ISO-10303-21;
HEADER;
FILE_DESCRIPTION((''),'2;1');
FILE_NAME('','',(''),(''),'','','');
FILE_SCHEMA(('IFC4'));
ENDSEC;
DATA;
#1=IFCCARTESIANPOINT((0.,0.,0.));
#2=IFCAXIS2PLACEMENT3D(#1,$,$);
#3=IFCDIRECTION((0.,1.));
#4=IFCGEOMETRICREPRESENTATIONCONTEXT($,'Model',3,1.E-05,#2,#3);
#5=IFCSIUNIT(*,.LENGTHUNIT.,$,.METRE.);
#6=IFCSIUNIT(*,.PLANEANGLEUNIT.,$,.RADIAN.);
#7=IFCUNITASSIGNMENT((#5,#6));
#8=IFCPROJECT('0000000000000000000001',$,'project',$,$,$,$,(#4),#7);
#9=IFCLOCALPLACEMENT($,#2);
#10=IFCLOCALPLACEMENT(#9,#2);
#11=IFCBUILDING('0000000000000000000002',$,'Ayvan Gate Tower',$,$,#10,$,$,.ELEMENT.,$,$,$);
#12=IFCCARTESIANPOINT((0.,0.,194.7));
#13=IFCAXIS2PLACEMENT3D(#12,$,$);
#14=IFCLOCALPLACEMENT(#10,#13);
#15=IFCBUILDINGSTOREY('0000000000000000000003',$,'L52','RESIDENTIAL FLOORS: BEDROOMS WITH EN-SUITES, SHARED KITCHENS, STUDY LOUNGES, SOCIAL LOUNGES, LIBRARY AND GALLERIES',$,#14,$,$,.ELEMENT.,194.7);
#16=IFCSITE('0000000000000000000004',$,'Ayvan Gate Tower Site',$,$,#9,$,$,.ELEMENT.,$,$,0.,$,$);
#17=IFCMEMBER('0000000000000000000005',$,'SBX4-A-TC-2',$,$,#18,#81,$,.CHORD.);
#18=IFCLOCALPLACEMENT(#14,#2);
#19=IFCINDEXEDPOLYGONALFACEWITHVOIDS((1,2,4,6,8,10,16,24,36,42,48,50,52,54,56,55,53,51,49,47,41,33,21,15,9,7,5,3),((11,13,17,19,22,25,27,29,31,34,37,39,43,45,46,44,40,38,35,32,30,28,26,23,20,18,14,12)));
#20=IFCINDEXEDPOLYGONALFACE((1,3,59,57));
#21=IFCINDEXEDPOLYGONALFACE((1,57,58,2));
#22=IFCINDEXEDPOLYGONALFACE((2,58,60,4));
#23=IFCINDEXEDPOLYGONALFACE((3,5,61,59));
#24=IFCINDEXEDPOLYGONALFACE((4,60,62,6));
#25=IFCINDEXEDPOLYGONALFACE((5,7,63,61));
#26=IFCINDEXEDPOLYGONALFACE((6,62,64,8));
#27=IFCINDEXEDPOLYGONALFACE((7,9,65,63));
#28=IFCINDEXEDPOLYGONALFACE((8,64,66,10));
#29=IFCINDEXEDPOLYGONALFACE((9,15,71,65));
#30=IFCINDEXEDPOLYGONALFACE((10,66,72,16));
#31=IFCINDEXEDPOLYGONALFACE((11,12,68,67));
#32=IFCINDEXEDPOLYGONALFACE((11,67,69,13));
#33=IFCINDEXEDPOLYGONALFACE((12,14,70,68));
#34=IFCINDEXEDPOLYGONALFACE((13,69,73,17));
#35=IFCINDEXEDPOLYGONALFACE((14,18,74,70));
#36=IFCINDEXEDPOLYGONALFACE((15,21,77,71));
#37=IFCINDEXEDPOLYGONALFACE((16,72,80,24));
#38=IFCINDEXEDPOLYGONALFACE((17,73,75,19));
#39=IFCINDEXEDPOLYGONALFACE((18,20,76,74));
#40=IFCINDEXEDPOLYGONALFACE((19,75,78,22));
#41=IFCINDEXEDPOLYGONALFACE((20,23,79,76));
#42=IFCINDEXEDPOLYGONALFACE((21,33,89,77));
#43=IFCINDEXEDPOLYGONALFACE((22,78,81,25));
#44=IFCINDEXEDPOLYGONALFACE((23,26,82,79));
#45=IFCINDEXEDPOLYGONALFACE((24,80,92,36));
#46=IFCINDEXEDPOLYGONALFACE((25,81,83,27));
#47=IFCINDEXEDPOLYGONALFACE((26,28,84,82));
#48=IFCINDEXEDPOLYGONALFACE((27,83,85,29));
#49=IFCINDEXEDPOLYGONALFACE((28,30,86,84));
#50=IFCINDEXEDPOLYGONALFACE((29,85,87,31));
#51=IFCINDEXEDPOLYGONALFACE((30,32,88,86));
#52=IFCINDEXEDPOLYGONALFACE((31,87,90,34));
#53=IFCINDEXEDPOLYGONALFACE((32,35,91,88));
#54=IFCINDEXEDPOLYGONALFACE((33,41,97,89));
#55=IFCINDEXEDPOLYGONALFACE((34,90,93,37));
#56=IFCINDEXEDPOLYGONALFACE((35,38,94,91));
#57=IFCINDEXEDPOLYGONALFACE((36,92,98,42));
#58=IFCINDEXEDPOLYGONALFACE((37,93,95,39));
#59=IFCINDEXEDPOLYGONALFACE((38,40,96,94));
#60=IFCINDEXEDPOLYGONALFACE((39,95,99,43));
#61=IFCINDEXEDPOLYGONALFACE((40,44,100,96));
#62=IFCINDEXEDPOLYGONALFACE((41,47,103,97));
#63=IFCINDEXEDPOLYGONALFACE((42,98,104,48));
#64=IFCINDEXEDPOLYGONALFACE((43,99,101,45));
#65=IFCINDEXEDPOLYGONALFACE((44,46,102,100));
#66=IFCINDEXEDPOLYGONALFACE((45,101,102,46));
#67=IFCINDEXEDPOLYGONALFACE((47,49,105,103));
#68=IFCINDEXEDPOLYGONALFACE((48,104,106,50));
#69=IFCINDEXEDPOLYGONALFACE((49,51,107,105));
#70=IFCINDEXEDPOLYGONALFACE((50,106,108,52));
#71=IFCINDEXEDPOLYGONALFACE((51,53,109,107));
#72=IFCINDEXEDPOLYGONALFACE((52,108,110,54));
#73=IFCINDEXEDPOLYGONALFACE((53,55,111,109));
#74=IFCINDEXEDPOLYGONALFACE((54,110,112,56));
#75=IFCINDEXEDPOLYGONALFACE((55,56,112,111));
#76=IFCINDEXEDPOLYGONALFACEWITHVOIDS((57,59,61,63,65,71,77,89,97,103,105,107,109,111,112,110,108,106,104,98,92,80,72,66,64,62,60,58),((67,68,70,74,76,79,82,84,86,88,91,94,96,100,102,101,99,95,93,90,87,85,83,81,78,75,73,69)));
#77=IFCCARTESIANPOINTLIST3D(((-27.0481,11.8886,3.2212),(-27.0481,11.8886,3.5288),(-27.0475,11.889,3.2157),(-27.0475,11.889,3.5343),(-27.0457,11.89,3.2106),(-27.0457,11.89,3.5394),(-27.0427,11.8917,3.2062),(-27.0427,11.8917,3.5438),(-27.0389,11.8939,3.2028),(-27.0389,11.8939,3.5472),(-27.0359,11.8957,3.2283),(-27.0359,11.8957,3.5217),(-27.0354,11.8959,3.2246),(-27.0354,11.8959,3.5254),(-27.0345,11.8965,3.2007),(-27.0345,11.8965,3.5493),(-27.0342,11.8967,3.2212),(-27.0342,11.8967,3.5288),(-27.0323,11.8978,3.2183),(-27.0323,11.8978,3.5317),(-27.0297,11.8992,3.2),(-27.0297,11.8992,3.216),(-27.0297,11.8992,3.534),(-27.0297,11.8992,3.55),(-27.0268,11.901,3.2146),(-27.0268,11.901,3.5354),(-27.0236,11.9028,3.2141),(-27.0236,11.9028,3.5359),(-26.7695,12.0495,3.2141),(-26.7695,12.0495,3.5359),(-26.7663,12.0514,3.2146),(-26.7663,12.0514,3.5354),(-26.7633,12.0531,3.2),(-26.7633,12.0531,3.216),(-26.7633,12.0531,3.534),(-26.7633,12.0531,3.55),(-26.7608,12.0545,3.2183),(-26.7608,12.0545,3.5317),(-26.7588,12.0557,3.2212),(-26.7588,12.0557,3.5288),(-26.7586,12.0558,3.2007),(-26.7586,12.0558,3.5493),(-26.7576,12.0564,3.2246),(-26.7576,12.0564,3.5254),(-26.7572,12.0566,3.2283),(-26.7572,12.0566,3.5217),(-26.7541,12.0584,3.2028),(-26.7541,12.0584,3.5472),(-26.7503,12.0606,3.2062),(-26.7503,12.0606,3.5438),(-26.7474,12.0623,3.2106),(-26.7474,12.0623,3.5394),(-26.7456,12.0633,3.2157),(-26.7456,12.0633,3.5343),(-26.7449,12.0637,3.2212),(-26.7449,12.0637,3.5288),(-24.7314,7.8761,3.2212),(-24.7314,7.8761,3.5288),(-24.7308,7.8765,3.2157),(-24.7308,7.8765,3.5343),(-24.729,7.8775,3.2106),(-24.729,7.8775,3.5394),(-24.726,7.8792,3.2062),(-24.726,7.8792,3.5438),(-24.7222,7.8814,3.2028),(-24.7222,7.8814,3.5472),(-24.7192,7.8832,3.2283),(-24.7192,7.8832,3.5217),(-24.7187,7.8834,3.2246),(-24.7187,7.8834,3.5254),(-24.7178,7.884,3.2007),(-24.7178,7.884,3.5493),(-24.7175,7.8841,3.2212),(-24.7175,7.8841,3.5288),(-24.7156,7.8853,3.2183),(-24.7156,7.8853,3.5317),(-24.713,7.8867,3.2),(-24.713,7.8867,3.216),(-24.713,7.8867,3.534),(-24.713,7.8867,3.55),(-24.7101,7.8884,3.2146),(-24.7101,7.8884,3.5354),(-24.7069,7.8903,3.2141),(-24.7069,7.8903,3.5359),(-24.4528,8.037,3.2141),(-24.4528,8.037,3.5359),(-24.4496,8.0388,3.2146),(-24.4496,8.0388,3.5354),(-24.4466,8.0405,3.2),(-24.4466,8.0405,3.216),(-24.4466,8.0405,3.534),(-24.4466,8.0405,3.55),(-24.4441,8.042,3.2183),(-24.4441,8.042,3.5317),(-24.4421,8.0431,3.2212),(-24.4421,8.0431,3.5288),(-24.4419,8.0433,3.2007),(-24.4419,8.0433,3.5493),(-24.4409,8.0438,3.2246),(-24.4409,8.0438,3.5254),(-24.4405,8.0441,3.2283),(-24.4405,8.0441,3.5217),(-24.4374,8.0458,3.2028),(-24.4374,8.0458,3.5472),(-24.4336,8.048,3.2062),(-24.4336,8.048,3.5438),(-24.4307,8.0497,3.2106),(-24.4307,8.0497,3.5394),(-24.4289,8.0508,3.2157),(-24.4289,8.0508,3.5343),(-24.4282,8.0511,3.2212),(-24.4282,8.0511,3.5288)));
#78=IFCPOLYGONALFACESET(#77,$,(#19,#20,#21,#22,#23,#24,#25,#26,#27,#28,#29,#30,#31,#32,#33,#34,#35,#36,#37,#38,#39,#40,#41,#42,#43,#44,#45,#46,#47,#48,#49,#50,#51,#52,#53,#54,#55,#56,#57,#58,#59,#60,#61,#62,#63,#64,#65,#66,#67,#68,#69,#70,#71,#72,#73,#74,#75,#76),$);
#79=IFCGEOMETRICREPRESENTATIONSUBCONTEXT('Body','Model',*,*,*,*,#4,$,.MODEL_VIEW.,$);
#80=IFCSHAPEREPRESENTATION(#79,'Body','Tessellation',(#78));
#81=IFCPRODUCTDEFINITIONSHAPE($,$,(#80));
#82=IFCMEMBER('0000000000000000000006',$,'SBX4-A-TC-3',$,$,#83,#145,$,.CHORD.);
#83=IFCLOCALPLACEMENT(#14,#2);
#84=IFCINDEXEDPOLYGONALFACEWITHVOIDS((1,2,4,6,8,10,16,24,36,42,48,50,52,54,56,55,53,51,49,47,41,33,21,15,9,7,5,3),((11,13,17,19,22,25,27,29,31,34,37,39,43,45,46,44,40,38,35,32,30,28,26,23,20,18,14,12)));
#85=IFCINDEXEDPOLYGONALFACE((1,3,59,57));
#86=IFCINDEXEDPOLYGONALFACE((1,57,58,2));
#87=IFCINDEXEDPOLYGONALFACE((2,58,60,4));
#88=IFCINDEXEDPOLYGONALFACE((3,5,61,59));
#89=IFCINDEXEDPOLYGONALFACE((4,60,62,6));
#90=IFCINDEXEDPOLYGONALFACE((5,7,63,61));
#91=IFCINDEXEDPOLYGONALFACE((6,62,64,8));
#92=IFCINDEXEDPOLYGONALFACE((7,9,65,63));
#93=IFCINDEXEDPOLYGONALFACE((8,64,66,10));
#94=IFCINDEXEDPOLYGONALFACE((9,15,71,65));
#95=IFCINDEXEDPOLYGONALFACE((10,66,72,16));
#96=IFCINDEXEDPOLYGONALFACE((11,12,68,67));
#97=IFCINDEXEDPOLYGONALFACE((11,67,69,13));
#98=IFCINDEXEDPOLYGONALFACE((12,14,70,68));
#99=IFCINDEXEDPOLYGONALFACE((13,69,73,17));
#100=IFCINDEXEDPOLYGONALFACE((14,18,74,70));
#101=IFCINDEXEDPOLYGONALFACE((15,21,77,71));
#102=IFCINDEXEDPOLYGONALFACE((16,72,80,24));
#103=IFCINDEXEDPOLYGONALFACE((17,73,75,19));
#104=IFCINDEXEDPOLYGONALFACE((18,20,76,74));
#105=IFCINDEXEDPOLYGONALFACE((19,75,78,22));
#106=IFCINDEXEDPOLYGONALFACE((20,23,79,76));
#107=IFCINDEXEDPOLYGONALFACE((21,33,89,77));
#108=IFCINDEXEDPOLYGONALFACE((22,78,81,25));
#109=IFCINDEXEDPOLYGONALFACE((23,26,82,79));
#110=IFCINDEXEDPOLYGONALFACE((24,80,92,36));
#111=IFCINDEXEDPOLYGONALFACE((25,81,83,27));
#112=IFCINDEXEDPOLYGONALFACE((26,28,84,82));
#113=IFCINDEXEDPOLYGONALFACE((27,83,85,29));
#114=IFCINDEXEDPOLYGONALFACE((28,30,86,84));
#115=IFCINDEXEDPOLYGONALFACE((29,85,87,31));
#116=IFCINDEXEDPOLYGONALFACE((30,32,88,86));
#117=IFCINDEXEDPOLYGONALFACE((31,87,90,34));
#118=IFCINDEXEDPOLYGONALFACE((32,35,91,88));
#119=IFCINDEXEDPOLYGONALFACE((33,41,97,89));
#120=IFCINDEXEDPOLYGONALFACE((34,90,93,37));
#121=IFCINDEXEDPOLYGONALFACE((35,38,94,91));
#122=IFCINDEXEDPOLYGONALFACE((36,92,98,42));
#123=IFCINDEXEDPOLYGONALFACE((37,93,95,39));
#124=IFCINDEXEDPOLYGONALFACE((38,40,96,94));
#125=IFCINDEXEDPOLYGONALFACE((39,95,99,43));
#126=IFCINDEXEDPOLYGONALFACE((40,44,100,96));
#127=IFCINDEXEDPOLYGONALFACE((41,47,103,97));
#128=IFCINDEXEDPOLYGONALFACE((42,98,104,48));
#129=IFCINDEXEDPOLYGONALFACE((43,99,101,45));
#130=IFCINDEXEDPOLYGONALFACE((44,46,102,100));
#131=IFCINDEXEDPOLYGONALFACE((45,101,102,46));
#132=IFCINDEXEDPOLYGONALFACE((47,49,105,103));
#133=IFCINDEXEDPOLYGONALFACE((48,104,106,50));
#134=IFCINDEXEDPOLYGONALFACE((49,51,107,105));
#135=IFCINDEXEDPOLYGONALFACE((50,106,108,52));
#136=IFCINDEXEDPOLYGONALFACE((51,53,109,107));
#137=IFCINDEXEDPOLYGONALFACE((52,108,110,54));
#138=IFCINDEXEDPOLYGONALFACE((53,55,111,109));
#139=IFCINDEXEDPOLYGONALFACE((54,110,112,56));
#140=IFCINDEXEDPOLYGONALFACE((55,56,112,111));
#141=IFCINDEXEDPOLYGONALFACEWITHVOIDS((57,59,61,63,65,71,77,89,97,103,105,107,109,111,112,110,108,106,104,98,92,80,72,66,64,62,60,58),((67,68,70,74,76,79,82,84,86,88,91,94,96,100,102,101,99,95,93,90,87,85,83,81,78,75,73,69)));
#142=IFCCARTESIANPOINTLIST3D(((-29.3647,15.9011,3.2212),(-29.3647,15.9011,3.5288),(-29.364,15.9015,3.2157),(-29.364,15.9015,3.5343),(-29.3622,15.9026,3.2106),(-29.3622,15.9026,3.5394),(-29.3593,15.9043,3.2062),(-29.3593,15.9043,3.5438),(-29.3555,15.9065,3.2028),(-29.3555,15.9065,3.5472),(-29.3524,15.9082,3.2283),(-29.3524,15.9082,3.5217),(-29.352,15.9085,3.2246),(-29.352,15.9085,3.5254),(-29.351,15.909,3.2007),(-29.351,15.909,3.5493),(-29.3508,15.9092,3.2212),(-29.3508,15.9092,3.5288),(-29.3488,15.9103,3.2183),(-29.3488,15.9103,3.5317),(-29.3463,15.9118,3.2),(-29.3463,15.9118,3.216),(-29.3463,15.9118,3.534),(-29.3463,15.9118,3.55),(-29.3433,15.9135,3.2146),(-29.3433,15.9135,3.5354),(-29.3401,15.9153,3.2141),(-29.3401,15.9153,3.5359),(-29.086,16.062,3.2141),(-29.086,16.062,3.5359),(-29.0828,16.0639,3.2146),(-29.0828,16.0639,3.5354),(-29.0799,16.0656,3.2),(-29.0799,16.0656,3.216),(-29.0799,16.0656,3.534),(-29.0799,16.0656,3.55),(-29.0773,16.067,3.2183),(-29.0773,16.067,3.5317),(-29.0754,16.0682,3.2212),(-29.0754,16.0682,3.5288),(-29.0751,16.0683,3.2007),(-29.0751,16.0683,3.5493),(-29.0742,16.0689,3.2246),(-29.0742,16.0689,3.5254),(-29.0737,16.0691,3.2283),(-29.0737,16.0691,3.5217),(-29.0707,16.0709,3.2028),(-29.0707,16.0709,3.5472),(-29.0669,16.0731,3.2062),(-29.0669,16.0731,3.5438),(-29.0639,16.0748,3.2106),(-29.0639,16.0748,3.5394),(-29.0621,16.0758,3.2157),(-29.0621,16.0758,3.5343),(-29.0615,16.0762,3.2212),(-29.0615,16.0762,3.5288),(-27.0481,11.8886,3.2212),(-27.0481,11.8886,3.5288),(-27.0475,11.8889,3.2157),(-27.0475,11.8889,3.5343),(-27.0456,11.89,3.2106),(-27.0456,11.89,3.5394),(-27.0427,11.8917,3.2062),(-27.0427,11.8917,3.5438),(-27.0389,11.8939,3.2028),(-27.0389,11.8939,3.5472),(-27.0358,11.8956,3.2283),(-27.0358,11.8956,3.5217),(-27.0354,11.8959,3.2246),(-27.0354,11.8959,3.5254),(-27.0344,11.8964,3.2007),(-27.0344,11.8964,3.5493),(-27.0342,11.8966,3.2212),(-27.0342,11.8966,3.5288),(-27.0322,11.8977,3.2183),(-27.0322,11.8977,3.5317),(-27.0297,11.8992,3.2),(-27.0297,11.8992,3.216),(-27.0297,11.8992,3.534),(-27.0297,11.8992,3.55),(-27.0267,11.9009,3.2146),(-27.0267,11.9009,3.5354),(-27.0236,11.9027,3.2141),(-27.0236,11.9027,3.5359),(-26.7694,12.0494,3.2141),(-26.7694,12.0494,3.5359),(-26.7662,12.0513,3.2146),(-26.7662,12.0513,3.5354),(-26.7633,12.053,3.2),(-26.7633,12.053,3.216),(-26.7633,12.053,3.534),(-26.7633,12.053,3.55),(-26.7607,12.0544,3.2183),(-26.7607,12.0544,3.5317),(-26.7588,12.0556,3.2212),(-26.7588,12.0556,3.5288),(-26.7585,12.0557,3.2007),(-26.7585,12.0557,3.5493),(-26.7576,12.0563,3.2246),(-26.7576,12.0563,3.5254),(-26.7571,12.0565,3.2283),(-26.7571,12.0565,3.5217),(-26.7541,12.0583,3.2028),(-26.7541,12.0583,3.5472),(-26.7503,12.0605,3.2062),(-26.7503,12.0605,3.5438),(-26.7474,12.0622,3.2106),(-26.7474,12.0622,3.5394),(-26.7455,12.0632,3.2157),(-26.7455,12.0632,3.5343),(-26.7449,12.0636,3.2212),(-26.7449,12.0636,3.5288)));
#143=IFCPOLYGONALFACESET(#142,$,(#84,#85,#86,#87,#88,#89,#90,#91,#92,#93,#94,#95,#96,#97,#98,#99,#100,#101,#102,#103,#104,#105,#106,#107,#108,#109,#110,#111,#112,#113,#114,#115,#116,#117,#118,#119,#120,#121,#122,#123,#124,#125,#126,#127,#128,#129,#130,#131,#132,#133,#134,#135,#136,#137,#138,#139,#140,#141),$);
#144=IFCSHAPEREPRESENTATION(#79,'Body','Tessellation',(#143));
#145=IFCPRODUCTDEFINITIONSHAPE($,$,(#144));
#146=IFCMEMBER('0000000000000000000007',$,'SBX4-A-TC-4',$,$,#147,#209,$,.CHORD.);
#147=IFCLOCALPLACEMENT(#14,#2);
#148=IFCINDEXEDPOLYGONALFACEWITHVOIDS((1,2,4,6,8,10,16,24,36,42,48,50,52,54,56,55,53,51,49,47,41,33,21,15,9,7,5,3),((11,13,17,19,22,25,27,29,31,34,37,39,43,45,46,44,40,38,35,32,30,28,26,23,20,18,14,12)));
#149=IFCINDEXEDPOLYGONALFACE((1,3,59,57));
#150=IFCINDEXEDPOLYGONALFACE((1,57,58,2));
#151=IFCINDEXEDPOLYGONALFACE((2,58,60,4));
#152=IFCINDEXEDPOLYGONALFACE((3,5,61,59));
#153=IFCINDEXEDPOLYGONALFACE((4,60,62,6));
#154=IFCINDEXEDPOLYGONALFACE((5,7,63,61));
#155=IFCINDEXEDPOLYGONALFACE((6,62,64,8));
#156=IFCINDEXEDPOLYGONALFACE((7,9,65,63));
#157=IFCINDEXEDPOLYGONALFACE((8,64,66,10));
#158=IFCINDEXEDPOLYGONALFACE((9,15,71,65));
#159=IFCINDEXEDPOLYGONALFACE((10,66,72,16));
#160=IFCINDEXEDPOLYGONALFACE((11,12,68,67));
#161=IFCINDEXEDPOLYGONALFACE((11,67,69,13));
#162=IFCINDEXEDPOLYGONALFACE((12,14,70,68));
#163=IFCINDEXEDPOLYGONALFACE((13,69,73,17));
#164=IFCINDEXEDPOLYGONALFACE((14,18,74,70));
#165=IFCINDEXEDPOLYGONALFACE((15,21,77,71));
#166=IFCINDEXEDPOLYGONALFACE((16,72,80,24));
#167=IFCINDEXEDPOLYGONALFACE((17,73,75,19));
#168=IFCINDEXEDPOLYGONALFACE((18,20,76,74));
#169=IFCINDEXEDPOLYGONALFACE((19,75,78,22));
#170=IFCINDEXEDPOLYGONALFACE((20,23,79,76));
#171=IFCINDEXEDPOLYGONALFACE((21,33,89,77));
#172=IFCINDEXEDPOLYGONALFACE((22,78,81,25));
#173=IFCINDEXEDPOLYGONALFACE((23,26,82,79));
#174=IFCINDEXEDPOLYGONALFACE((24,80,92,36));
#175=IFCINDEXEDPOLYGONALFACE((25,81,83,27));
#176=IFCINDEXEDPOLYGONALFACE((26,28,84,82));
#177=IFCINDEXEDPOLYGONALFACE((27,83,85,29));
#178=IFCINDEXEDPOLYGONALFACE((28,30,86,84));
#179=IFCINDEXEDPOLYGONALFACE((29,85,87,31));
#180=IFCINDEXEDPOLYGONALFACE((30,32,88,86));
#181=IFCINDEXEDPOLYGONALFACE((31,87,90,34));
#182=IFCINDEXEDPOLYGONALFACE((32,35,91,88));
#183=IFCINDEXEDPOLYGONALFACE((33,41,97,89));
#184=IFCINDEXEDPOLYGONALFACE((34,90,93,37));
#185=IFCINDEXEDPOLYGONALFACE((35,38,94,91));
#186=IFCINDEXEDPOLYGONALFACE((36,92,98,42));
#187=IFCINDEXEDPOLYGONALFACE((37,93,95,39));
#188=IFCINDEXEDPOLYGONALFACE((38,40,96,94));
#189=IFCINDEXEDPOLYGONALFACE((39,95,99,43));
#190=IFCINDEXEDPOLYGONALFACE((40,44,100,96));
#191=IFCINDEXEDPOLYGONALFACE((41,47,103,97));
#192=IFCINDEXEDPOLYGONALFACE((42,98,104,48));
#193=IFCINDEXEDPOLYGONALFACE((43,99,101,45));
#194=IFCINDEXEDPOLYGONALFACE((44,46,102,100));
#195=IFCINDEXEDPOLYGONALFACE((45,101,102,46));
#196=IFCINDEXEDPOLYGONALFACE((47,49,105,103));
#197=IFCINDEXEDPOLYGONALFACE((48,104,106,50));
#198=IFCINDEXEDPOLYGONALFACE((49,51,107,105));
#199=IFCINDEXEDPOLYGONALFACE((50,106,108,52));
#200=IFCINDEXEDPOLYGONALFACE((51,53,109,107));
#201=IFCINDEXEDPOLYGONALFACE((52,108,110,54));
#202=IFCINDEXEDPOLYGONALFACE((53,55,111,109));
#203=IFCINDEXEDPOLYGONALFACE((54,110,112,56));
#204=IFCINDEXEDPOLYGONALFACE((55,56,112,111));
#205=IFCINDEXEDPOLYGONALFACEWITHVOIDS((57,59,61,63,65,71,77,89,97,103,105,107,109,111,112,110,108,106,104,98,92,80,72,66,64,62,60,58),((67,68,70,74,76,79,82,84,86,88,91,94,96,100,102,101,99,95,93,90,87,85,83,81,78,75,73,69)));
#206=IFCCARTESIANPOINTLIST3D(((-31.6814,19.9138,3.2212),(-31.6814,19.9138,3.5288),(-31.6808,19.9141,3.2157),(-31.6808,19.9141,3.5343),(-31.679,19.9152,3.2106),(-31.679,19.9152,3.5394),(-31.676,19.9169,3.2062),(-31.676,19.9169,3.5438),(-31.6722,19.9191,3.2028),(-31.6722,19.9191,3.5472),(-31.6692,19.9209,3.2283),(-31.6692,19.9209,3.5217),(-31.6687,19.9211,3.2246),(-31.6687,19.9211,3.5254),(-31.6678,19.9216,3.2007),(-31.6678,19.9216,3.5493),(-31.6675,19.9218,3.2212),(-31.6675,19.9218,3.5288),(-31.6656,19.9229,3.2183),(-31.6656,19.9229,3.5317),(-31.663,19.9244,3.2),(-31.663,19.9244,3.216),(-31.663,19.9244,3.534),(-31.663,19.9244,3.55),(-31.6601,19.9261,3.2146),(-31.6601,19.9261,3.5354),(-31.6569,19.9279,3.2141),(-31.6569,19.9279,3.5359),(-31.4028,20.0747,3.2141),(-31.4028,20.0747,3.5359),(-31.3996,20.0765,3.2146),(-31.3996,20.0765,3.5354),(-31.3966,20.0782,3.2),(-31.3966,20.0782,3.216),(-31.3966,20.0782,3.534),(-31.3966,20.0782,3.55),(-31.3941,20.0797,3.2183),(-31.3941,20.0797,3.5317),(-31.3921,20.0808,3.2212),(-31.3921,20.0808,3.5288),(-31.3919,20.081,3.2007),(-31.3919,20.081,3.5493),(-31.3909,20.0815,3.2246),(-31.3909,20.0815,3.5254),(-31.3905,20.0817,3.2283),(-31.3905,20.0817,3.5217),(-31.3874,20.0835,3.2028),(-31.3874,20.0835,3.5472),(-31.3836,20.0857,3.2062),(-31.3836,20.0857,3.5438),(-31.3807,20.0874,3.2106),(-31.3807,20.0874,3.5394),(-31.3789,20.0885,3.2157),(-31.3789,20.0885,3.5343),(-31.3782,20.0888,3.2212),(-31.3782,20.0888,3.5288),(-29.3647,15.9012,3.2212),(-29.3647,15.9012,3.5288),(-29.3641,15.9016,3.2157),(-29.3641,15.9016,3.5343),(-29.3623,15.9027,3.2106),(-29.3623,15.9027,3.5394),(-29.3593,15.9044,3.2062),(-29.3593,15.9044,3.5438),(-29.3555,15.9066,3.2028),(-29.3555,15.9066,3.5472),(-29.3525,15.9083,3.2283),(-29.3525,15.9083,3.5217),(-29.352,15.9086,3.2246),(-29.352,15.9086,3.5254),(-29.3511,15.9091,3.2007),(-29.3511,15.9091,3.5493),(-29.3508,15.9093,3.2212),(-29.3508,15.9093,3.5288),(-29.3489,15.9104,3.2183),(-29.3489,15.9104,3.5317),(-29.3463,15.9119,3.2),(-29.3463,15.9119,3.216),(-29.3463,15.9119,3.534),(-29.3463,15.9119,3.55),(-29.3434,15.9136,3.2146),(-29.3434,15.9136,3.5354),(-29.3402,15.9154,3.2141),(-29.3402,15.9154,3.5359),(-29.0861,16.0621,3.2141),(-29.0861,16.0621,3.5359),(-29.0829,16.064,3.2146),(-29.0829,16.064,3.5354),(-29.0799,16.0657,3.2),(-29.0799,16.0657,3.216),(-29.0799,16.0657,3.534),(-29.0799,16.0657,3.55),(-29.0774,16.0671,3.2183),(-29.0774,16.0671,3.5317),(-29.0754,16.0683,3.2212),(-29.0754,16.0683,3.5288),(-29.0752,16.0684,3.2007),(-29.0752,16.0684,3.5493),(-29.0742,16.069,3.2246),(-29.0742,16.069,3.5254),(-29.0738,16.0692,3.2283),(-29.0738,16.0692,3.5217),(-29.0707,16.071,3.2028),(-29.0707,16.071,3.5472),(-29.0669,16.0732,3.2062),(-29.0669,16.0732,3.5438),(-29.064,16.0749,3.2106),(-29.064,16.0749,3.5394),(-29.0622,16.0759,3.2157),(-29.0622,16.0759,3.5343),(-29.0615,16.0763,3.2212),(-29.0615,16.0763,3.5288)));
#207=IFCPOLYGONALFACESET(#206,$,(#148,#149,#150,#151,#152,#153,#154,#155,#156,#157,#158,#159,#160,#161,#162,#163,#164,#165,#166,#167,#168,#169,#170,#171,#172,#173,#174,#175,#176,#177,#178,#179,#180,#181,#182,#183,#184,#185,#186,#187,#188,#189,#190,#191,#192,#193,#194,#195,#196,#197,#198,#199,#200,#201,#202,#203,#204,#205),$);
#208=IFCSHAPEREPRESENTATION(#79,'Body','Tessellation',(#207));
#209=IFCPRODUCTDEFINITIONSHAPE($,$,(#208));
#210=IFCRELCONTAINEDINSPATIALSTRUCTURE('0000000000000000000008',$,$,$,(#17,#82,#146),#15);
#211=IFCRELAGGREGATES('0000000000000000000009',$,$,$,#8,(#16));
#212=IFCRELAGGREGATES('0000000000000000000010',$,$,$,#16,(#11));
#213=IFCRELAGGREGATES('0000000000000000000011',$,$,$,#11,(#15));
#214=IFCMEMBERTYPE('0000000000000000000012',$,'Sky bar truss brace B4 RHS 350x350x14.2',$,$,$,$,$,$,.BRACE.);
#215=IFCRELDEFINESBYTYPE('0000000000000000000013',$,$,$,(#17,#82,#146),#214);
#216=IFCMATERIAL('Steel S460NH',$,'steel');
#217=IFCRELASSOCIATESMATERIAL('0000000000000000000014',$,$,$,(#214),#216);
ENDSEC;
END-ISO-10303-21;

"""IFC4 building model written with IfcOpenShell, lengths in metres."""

from ifc_helpers import new_model, si_unit, direction, frame, origin, origin_2d, place, context, subcontext, project, spatial, hollow_rectangle, extrude, material, material_profile, profile_set, type_object, element, save


model = new_model("IFC4")

# Units and contexts
model_context = context("Model", 3, precision=1e-05, world=origin(), true_north=direction((0.0, 1.0)))
body_context = subcontext(model_context, "Body", "Model", "MODEL_VIEW")
ifc_project = project(units=[si_unit("LENGTHUNIT", "METRE"), si_unit("PLANEANGLEUNIT", "RADIAN")], contexts=[model_context])

# Site, building, storey
site_placement = place(None, origin())
site = spatial("IfcSite", under=ifc_project, at=site_placement, Name="Ayvan Gate Tower Site", CompositionType="ELEMENT", RefElevation=0.0)
building_placement = place(site_placement, origin())
building = spatial("IfcBuilding", under=site, at=building_placement, Name="Ayvan Gate Tower", CompositionType="ELEMENT")
storey_placement = place(building_placement, frame((0.0, 0.0, 194.7)))
storey = spatial("IfcBuildingStorey", under=building, at=storey_placement, Name="L52", Description="RESIDENTIAL FLOORS: BEDROOMS WITH EN-SUITES, SHARED KITCHENS, STUDY LOUNGES, SOCIAL LOUNGES, LIBRARY AND GALLERIES", CompositionType="ELEMENT", Elevation=194.7)

# Members
ifc_material_1 = material(Name="Steel S460NH", Category="steel")
ifc_material_profile_1 = material_profile(ifc_material_1, hollow_rectangle(XDim=0.3501, YDim=0.3501, WallThickness=0.0142, InnerFilletRadius=0.0142, OuterFilletRadius=0.0212, at=origin_2d()), Name="RHS 350x350x14.2")
ifc_profile_set_1 = profile_set([ifc_material_profile_1], Name="Steel S460NH")
member_type_1 = type_object("IfcMemberType", Name="Sky bar truss brace B4 RHS 350x350x14.2", PredefinedType="BRACE", material=ifc_profile_set_1)
for number, where, z_axis, x_axis, name in (
    (1, (-24.5798, 7.9636, 3.375), (-0.50001, 0.86602, 0.0), (-0.86602, -0.50001, 0.0), "SBX4-A-TC-2"),
    (2, (-26.8965, 11.9761, 3.375), (-0.499987, 0.866033, 0.0), (-0.866033, -0.499987, 0.0), "SBX4-A-TC-3"),
    (3, (-29.2131, 15.9888, 3.375), (-0.50001, 0.86602, 0.0), (-0.86602, -0.50001, 0.0), "SBX4-A-TC-4"),
):
    element("IfcMember", number, at=place(storey_placement, frame(where, z_axis=z_axis, x_axis=x_axis)), inside=storey, type_object=member_type_1, Name=name, PredefinedType="CHORD", context=body_context, shape_type="SweptSolid", body=[
        extrude(hollow_rectangle(XDim=0.3501, YDim=0.3501, WallThickness=0.0142, InnerFilletRadius=0.0142, OuterFilletRadius=0.0212, at=origin_2d()), origin(), (0.0, 0.0, 1.0), 4.6333),
    ])

save(model, "model.ifc")
